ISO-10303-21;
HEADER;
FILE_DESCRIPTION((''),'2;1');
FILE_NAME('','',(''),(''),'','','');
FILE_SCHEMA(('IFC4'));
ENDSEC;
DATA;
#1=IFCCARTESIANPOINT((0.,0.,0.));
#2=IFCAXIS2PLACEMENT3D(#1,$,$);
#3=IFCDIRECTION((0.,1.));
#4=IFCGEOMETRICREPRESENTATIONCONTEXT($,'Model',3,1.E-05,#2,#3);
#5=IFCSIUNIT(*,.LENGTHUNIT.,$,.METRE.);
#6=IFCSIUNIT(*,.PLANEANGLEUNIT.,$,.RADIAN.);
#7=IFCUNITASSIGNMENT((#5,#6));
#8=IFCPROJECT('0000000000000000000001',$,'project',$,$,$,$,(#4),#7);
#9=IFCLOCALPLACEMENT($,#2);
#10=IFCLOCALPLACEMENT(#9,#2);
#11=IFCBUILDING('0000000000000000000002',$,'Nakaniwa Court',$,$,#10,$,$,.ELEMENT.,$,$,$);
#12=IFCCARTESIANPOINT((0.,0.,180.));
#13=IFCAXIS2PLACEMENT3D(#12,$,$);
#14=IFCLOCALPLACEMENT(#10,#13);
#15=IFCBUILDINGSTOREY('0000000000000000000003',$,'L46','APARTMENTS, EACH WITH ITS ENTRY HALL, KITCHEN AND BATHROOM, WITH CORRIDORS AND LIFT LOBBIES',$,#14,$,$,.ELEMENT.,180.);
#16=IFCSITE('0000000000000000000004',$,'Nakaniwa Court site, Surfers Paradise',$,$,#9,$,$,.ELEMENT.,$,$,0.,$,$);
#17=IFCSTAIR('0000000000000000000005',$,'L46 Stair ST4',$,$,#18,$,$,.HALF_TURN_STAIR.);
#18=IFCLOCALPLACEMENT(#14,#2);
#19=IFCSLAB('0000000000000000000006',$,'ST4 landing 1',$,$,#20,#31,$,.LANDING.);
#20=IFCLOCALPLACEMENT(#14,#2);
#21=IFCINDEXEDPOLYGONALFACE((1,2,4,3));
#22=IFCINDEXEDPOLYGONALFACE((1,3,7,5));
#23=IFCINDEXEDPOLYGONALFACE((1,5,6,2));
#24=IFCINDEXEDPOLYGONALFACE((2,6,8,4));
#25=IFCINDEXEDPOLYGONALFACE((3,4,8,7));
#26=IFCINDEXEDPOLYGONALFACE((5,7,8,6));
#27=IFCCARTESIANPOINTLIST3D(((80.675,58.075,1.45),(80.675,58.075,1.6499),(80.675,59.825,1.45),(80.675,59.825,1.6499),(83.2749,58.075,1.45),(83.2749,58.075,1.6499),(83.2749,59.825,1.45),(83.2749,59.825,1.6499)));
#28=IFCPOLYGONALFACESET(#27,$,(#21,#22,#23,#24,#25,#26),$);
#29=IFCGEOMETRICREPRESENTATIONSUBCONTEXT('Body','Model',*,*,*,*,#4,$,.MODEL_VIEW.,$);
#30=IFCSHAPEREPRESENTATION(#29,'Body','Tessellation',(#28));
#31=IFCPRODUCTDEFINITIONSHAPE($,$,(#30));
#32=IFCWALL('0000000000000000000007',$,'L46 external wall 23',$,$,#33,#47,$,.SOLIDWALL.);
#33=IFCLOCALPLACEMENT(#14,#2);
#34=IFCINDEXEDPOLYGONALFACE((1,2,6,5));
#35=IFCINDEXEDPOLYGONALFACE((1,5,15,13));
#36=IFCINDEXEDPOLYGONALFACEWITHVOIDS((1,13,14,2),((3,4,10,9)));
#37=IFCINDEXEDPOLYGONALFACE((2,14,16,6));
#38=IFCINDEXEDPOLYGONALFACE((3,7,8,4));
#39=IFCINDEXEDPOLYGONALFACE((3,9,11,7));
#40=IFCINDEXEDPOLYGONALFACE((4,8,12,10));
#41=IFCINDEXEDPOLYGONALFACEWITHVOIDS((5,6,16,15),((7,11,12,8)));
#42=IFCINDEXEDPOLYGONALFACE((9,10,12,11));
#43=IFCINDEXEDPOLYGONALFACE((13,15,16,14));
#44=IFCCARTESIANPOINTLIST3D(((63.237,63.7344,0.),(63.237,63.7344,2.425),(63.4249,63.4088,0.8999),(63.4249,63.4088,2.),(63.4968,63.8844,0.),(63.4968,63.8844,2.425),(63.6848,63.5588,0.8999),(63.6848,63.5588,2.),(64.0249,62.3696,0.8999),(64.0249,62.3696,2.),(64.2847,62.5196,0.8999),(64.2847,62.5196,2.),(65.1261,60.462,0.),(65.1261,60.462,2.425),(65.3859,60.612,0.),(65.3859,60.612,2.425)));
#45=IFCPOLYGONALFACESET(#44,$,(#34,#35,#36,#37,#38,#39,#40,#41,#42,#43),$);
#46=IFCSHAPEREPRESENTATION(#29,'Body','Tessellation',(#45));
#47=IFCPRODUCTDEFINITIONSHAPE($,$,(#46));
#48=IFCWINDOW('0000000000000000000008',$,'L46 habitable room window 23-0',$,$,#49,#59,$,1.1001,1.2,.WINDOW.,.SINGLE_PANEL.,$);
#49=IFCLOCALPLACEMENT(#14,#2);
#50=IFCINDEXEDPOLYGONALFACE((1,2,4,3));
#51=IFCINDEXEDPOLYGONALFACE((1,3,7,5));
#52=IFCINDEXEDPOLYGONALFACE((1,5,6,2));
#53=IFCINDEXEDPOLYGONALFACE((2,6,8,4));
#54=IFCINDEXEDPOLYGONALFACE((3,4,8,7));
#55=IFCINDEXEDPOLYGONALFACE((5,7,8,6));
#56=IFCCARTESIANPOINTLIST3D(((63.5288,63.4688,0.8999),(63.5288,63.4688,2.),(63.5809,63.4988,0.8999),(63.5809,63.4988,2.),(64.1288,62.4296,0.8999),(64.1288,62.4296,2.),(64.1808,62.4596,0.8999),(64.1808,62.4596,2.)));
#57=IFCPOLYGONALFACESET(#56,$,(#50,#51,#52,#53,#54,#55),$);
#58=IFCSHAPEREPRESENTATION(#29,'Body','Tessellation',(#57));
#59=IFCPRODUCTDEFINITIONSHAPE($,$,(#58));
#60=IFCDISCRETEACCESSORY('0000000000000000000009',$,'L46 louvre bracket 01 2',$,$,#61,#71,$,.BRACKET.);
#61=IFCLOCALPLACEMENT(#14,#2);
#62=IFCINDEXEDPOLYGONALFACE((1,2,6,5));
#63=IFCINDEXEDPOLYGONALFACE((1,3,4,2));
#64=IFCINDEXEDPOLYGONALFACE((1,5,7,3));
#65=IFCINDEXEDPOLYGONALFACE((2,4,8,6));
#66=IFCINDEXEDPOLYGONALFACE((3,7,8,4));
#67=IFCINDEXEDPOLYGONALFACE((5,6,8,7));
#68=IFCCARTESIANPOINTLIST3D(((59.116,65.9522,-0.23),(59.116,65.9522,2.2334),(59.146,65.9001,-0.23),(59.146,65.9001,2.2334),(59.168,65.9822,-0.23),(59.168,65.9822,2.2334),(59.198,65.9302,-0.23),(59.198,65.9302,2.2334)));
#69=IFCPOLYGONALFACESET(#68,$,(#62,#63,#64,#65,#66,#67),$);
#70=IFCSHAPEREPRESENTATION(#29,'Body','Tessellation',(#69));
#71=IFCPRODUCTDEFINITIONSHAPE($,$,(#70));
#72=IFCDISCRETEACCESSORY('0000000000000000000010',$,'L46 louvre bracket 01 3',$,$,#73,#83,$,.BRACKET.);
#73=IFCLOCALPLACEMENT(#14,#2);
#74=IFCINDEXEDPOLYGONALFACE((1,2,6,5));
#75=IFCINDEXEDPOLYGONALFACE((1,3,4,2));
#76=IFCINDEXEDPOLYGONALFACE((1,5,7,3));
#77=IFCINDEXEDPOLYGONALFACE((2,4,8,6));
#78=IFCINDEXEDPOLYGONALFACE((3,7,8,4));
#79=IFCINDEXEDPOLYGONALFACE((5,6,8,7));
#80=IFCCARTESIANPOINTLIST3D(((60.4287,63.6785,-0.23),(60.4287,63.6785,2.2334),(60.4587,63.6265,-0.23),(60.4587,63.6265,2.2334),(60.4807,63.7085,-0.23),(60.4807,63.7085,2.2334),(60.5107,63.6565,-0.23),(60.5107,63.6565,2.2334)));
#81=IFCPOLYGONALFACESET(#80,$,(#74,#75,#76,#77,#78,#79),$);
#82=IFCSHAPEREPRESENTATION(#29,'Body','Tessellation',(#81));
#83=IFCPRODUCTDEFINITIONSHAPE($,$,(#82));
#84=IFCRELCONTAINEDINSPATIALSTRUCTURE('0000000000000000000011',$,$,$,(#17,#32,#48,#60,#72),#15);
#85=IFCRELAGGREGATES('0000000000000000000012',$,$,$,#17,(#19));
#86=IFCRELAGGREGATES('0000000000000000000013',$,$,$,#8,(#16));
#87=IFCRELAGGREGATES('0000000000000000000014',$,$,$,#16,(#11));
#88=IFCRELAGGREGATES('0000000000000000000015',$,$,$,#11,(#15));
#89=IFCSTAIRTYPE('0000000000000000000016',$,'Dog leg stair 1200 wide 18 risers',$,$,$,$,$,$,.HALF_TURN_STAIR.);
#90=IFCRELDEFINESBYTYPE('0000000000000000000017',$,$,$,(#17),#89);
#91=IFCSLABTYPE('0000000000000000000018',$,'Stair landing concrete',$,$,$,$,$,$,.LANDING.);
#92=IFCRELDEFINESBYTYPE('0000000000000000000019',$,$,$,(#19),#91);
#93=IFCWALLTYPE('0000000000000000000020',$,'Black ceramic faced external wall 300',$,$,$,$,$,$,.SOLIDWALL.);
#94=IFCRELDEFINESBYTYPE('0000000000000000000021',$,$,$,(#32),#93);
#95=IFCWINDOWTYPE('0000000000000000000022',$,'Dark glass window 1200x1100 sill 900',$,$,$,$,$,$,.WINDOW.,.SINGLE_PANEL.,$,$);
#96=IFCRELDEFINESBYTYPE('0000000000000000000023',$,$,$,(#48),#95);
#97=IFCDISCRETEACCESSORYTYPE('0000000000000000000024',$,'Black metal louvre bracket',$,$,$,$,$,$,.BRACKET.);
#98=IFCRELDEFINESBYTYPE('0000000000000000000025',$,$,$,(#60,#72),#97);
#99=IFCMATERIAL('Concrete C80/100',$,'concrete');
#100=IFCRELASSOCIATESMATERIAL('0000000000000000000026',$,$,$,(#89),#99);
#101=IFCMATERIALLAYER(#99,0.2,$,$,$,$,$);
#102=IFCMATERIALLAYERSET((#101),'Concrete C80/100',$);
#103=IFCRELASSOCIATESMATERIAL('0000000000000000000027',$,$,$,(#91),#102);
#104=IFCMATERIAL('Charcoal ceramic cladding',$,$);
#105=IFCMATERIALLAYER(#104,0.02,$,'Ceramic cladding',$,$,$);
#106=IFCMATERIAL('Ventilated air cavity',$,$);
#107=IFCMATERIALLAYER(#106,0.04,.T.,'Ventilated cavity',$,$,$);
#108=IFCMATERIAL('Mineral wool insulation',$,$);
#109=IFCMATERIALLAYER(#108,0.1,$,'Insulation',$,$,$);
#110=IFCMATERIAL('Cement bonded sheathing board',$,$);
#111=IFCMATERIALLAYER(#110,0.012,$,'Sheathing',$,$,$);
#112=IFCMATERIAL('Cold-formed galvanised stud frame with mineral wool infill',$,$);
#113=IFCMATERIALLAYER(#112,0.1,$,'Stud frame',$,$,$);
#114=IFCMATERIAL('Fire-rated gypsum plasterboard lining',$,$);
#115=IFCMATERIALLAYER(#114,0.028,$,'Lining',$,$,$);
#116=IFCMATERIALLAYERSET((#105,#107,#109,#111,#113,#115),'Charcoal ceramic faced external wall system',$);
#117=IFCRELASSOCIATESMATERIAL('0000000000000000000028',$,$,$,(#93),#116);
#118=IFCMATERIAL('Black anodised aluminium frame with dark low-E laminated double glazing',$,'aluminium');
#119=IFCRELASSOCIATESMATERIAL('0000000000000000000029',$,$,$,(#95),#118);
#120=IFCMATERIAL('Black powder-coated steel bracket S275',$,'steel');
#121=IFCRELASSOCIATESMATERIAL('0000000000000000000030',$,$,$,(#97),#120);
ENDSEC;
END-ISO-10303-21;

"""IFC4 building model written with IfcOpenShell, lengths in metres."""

from ifc_helpers import new_model, si_unit, direction, frame, frame_2d, origin, origin_2d, place, context, subcontext, project, spatial, polyline, rectangle, outline, extrude, material, layer, layer_set, type_object, element, fill, aggregate, save


model = new_model("IFC4")

# Units and contexts
model_context = context("Model", 3, precision=1e-05, world=origin(), true_north=direction((0.0, 1.0)))
body_context = subcontext(model_context, "Body", "Model", "MODEL_VIEW")
ifc_project = project(units=[si_unit("LENGTHUNIT", "METRE"), si_unit("PLANEANGLEUNIT", "RADIAN")], contexts=[model_context])

# Site, building, storey
site_placement = place(None, origin())
site = spatial("IfcSite", under=ifc_project, at=site_placement, Name="Nakaniwa Court site, Surfers Paradise", CompositionType="ELEMENT", RefElevation=0.0)
building_placement = place(site_placement, origin())
building = spatial("IfcBuilding", under=site, at=building_placement, Name="Nakaniwa Court", CompositionType="ELEMENT")
storey_placement = place(building_placement, frame((0.0, 0.0, 180.0)))
storey = spatial("IfcBuildingStorey", under=building, at=storey_placement, Name="L46", Description="APARTMENTS, EACH WITH ITS ENTRY HALL, KITCHEN AND BATHROOM, WITH CORRIDORS AND LIFT LOBBIES", CompositionType="ELEMENT", Elevation=180.0)

# Shared definitions
ifc_material_1 = material(Name="Concrete C80/100", Category="concrete")

# Stair, slab
stair_type = type_object("IfcStairType", Name="Dog leg stair 1200 wide 18 risers", PredefinedType="HALF_TURN_STAIR", material=ifc_material_1)
ifc_layer_1 = layer(ifc_material_1, 0.2)
ifc_layer_set_1 = layer_set([ifc_layer_1], Name="Concrete C80/100")
slab_type_1 = type_object("IfcSlabType", Name="Stair landing concrete", PredefinedType="LANDING", material=ifc_layer_set_1)
stair_1_placement = place(storey_placement, origin())
stair_1 = element("IfcStair", 1, at=stair_1_placement, inside=storey, type_object=stair_type, Name="L46 Stair ST4", PredefinedType="HALF_TURN_STAIR")
slab_1_placement = place(storey_placement, frame((0.0, 0.0, 1.45)))
slab_1 = element("IfcSlab", 2, at=slab_1_placement, type_object=slab_type_1, Name="ST4 landing 1", PredefinedType="LANDING", context=body_context, shape_type="SweptSolid", body=[
    extrude(outline(polyline([(83.2749, 58.075), (83.2749, 59.825), (80.675, 59.825), (80.675, 58.075), (83.2749, 58.075)])), origin(), (0.0, 0.0, 1.0), 0.2),
])
aggregate(stair_1, [slab_1])

# Wall, opening, window
ifc_material_2 = material(Name="Charcoal ceramic cladding")
ifc_layer_2 = layer(ifc_material_2, 0.02, Name="Ceramic cladding")
ifc_material_3 = material(Name="Ventilated air cavity")
ifc_layer_3 = layer(ifc_material_3, 0.04, ventilated=True, Name="Ventilated cavity")
ifc_material_4 = material(Name="Mineral wool insulation")
ifc_layer_4 = layer(ifc_material_4, 0.1, Name="Insulation")
ifc_material_5 = material(Name="Cement bonded sheathing board")
ifc_layer_5 = layer(ifc_material_5, 0.012, Name="Sheathing")
ifc_material_6 = material(Name="Cold-formed galvanised stud frame with mineral wool infill")
ifc_layer_6 = layer(ifc_material_6, 0.1, Name="Stud frame")
ifc_material_7 = material(Name="Fire-rated gypsum plasterboard lining")
ifc_layer_7 = layer(ifc_material_7, 0.028, Name="Lining")
ifc_layer_set_2 = layer_set([ifc_layer_2, ifc_layer_3, ifc_layer_4, ifc_layer_5, ifc_layer_6, ifc_layer_7], Name="Charcoal ceramic faced external wall system")
wall_type = type_object("IfcWallType", Name="Black ceramic faced external wall 300", PredefinedType="SOLIDWALL", material=ifc_layer_set_2)
wall_placement = place(storey_placement, frame((63.3669, 63.8093, 0.0), z_axis=(0.0, 0.0, 1.0), x_axis=(0.499961, -0.866048, 0.0)))
wall = element("IfcWall", 3, at=wall_placement, inside=storey, type_object=wall_type, Name="L46 external wall 23", PredefinedType="SOLIDWALL", context=body_context, shape_type="SweptSolid", body=[
    extrude(rectangle(XDim=3.7786, YDim=0.3, at=frame_2d((1.8892, 0.0))), origin(), (0.0, 0.0, 1.0), 2.425),
])
opening_placement = place(wall_placement, frame((0.3757, 0.0, 0.8999)))
opening = element("IfcOpeningElement", 4, at=opening_placement, cuts=wall, PredefinedType="OPENING", context=body_context, shape_type="SweptSolid", body=[
    extrude(rectangle(XDim=1.2, YDim=1.1001, at=frame_2d((0.6001, 0.55))), frame((0.0, 0.1599, 0.0), z_axis=(0.0, -1.0, 0.0), x_axis=(1.0, 0.0, 0.0)), (0.0, 0.0, 1.0), 0.3201),
])
ifc_material_8 = material(Name="Black anodised aluminium frame with dark low-E laminated double glazing", Category="aluminium")
window_type = type_object("IfcWindowType", Name="Dark glass window 1200x1100 sill 900", PartitioningType="SINGLE_PANEL", PredefinedType="WINDOW", material=ifc_material_8)
window_placement = place(opening_placement, origin())
window = element("IfcWindow", 5, at=window_placement, inside=storey, type_object=window_type, Name="L46 habitable room window 23-0", OverallHeight=1.1001, OverallWidth=1.2, PartitioningType="SINGLE_PANEL", PredefinedType="WINDOW", context=body_context, shape_type="SweptSolid", body=[
    extrude(rectangle(XDim=1.2, YDim=1.1001, at=frame_2d((0.6001, 0.55))), frame((0.0, 0.03, 0.0), z_axis=(0.0, -1.0, 0.0), x_axis=(1.0, 0.0, 0.0)), (0.0, 0.0, 1.0), 0.0601),
])
fill(opening, window)

# Discrete accessories
ifc_material_9 = material(Name="Black powder-coated steel bracket S275", Category="steel")
discrete_accessory_type = type_object("IfcDiscreteAccessoryType", Name="Black metal louvre bracket", PredefinedType="BRACKET", material=ifc_material_9)
for number, where, z_axis, x_axis, name in (
    (6, (59.157, 65.9412, -0.23), (0.0, 0.0, 1.0), (0.500017, -0.866016, 0.0), "L46 louvre bracket 01 2"),
    (7, (60.4697, 63.6675, -0.23), (0.0, 0.0, 1.0), (0.500017, -0.866016, 0.0), "L46 louvre bracket 01 3"),
):
    element("IfcDiscreteAccessory", number, at=place(storey_placement, frame(where, z_axis=z_axis, x_axis=x_axis)), inside=storey, type_object=discrete_accessory_type, Name=name, PredefinedType="BRACKET", context=body_context, shape_type="SweptSolid", body=[
        extrude(rectangle(XDim=0.0601, YDim=0.0601, at=origin_2d()), origin(), (0.0, 0.0, 1.0), 2.4634),
    ])

save(model, "model.ifc")
